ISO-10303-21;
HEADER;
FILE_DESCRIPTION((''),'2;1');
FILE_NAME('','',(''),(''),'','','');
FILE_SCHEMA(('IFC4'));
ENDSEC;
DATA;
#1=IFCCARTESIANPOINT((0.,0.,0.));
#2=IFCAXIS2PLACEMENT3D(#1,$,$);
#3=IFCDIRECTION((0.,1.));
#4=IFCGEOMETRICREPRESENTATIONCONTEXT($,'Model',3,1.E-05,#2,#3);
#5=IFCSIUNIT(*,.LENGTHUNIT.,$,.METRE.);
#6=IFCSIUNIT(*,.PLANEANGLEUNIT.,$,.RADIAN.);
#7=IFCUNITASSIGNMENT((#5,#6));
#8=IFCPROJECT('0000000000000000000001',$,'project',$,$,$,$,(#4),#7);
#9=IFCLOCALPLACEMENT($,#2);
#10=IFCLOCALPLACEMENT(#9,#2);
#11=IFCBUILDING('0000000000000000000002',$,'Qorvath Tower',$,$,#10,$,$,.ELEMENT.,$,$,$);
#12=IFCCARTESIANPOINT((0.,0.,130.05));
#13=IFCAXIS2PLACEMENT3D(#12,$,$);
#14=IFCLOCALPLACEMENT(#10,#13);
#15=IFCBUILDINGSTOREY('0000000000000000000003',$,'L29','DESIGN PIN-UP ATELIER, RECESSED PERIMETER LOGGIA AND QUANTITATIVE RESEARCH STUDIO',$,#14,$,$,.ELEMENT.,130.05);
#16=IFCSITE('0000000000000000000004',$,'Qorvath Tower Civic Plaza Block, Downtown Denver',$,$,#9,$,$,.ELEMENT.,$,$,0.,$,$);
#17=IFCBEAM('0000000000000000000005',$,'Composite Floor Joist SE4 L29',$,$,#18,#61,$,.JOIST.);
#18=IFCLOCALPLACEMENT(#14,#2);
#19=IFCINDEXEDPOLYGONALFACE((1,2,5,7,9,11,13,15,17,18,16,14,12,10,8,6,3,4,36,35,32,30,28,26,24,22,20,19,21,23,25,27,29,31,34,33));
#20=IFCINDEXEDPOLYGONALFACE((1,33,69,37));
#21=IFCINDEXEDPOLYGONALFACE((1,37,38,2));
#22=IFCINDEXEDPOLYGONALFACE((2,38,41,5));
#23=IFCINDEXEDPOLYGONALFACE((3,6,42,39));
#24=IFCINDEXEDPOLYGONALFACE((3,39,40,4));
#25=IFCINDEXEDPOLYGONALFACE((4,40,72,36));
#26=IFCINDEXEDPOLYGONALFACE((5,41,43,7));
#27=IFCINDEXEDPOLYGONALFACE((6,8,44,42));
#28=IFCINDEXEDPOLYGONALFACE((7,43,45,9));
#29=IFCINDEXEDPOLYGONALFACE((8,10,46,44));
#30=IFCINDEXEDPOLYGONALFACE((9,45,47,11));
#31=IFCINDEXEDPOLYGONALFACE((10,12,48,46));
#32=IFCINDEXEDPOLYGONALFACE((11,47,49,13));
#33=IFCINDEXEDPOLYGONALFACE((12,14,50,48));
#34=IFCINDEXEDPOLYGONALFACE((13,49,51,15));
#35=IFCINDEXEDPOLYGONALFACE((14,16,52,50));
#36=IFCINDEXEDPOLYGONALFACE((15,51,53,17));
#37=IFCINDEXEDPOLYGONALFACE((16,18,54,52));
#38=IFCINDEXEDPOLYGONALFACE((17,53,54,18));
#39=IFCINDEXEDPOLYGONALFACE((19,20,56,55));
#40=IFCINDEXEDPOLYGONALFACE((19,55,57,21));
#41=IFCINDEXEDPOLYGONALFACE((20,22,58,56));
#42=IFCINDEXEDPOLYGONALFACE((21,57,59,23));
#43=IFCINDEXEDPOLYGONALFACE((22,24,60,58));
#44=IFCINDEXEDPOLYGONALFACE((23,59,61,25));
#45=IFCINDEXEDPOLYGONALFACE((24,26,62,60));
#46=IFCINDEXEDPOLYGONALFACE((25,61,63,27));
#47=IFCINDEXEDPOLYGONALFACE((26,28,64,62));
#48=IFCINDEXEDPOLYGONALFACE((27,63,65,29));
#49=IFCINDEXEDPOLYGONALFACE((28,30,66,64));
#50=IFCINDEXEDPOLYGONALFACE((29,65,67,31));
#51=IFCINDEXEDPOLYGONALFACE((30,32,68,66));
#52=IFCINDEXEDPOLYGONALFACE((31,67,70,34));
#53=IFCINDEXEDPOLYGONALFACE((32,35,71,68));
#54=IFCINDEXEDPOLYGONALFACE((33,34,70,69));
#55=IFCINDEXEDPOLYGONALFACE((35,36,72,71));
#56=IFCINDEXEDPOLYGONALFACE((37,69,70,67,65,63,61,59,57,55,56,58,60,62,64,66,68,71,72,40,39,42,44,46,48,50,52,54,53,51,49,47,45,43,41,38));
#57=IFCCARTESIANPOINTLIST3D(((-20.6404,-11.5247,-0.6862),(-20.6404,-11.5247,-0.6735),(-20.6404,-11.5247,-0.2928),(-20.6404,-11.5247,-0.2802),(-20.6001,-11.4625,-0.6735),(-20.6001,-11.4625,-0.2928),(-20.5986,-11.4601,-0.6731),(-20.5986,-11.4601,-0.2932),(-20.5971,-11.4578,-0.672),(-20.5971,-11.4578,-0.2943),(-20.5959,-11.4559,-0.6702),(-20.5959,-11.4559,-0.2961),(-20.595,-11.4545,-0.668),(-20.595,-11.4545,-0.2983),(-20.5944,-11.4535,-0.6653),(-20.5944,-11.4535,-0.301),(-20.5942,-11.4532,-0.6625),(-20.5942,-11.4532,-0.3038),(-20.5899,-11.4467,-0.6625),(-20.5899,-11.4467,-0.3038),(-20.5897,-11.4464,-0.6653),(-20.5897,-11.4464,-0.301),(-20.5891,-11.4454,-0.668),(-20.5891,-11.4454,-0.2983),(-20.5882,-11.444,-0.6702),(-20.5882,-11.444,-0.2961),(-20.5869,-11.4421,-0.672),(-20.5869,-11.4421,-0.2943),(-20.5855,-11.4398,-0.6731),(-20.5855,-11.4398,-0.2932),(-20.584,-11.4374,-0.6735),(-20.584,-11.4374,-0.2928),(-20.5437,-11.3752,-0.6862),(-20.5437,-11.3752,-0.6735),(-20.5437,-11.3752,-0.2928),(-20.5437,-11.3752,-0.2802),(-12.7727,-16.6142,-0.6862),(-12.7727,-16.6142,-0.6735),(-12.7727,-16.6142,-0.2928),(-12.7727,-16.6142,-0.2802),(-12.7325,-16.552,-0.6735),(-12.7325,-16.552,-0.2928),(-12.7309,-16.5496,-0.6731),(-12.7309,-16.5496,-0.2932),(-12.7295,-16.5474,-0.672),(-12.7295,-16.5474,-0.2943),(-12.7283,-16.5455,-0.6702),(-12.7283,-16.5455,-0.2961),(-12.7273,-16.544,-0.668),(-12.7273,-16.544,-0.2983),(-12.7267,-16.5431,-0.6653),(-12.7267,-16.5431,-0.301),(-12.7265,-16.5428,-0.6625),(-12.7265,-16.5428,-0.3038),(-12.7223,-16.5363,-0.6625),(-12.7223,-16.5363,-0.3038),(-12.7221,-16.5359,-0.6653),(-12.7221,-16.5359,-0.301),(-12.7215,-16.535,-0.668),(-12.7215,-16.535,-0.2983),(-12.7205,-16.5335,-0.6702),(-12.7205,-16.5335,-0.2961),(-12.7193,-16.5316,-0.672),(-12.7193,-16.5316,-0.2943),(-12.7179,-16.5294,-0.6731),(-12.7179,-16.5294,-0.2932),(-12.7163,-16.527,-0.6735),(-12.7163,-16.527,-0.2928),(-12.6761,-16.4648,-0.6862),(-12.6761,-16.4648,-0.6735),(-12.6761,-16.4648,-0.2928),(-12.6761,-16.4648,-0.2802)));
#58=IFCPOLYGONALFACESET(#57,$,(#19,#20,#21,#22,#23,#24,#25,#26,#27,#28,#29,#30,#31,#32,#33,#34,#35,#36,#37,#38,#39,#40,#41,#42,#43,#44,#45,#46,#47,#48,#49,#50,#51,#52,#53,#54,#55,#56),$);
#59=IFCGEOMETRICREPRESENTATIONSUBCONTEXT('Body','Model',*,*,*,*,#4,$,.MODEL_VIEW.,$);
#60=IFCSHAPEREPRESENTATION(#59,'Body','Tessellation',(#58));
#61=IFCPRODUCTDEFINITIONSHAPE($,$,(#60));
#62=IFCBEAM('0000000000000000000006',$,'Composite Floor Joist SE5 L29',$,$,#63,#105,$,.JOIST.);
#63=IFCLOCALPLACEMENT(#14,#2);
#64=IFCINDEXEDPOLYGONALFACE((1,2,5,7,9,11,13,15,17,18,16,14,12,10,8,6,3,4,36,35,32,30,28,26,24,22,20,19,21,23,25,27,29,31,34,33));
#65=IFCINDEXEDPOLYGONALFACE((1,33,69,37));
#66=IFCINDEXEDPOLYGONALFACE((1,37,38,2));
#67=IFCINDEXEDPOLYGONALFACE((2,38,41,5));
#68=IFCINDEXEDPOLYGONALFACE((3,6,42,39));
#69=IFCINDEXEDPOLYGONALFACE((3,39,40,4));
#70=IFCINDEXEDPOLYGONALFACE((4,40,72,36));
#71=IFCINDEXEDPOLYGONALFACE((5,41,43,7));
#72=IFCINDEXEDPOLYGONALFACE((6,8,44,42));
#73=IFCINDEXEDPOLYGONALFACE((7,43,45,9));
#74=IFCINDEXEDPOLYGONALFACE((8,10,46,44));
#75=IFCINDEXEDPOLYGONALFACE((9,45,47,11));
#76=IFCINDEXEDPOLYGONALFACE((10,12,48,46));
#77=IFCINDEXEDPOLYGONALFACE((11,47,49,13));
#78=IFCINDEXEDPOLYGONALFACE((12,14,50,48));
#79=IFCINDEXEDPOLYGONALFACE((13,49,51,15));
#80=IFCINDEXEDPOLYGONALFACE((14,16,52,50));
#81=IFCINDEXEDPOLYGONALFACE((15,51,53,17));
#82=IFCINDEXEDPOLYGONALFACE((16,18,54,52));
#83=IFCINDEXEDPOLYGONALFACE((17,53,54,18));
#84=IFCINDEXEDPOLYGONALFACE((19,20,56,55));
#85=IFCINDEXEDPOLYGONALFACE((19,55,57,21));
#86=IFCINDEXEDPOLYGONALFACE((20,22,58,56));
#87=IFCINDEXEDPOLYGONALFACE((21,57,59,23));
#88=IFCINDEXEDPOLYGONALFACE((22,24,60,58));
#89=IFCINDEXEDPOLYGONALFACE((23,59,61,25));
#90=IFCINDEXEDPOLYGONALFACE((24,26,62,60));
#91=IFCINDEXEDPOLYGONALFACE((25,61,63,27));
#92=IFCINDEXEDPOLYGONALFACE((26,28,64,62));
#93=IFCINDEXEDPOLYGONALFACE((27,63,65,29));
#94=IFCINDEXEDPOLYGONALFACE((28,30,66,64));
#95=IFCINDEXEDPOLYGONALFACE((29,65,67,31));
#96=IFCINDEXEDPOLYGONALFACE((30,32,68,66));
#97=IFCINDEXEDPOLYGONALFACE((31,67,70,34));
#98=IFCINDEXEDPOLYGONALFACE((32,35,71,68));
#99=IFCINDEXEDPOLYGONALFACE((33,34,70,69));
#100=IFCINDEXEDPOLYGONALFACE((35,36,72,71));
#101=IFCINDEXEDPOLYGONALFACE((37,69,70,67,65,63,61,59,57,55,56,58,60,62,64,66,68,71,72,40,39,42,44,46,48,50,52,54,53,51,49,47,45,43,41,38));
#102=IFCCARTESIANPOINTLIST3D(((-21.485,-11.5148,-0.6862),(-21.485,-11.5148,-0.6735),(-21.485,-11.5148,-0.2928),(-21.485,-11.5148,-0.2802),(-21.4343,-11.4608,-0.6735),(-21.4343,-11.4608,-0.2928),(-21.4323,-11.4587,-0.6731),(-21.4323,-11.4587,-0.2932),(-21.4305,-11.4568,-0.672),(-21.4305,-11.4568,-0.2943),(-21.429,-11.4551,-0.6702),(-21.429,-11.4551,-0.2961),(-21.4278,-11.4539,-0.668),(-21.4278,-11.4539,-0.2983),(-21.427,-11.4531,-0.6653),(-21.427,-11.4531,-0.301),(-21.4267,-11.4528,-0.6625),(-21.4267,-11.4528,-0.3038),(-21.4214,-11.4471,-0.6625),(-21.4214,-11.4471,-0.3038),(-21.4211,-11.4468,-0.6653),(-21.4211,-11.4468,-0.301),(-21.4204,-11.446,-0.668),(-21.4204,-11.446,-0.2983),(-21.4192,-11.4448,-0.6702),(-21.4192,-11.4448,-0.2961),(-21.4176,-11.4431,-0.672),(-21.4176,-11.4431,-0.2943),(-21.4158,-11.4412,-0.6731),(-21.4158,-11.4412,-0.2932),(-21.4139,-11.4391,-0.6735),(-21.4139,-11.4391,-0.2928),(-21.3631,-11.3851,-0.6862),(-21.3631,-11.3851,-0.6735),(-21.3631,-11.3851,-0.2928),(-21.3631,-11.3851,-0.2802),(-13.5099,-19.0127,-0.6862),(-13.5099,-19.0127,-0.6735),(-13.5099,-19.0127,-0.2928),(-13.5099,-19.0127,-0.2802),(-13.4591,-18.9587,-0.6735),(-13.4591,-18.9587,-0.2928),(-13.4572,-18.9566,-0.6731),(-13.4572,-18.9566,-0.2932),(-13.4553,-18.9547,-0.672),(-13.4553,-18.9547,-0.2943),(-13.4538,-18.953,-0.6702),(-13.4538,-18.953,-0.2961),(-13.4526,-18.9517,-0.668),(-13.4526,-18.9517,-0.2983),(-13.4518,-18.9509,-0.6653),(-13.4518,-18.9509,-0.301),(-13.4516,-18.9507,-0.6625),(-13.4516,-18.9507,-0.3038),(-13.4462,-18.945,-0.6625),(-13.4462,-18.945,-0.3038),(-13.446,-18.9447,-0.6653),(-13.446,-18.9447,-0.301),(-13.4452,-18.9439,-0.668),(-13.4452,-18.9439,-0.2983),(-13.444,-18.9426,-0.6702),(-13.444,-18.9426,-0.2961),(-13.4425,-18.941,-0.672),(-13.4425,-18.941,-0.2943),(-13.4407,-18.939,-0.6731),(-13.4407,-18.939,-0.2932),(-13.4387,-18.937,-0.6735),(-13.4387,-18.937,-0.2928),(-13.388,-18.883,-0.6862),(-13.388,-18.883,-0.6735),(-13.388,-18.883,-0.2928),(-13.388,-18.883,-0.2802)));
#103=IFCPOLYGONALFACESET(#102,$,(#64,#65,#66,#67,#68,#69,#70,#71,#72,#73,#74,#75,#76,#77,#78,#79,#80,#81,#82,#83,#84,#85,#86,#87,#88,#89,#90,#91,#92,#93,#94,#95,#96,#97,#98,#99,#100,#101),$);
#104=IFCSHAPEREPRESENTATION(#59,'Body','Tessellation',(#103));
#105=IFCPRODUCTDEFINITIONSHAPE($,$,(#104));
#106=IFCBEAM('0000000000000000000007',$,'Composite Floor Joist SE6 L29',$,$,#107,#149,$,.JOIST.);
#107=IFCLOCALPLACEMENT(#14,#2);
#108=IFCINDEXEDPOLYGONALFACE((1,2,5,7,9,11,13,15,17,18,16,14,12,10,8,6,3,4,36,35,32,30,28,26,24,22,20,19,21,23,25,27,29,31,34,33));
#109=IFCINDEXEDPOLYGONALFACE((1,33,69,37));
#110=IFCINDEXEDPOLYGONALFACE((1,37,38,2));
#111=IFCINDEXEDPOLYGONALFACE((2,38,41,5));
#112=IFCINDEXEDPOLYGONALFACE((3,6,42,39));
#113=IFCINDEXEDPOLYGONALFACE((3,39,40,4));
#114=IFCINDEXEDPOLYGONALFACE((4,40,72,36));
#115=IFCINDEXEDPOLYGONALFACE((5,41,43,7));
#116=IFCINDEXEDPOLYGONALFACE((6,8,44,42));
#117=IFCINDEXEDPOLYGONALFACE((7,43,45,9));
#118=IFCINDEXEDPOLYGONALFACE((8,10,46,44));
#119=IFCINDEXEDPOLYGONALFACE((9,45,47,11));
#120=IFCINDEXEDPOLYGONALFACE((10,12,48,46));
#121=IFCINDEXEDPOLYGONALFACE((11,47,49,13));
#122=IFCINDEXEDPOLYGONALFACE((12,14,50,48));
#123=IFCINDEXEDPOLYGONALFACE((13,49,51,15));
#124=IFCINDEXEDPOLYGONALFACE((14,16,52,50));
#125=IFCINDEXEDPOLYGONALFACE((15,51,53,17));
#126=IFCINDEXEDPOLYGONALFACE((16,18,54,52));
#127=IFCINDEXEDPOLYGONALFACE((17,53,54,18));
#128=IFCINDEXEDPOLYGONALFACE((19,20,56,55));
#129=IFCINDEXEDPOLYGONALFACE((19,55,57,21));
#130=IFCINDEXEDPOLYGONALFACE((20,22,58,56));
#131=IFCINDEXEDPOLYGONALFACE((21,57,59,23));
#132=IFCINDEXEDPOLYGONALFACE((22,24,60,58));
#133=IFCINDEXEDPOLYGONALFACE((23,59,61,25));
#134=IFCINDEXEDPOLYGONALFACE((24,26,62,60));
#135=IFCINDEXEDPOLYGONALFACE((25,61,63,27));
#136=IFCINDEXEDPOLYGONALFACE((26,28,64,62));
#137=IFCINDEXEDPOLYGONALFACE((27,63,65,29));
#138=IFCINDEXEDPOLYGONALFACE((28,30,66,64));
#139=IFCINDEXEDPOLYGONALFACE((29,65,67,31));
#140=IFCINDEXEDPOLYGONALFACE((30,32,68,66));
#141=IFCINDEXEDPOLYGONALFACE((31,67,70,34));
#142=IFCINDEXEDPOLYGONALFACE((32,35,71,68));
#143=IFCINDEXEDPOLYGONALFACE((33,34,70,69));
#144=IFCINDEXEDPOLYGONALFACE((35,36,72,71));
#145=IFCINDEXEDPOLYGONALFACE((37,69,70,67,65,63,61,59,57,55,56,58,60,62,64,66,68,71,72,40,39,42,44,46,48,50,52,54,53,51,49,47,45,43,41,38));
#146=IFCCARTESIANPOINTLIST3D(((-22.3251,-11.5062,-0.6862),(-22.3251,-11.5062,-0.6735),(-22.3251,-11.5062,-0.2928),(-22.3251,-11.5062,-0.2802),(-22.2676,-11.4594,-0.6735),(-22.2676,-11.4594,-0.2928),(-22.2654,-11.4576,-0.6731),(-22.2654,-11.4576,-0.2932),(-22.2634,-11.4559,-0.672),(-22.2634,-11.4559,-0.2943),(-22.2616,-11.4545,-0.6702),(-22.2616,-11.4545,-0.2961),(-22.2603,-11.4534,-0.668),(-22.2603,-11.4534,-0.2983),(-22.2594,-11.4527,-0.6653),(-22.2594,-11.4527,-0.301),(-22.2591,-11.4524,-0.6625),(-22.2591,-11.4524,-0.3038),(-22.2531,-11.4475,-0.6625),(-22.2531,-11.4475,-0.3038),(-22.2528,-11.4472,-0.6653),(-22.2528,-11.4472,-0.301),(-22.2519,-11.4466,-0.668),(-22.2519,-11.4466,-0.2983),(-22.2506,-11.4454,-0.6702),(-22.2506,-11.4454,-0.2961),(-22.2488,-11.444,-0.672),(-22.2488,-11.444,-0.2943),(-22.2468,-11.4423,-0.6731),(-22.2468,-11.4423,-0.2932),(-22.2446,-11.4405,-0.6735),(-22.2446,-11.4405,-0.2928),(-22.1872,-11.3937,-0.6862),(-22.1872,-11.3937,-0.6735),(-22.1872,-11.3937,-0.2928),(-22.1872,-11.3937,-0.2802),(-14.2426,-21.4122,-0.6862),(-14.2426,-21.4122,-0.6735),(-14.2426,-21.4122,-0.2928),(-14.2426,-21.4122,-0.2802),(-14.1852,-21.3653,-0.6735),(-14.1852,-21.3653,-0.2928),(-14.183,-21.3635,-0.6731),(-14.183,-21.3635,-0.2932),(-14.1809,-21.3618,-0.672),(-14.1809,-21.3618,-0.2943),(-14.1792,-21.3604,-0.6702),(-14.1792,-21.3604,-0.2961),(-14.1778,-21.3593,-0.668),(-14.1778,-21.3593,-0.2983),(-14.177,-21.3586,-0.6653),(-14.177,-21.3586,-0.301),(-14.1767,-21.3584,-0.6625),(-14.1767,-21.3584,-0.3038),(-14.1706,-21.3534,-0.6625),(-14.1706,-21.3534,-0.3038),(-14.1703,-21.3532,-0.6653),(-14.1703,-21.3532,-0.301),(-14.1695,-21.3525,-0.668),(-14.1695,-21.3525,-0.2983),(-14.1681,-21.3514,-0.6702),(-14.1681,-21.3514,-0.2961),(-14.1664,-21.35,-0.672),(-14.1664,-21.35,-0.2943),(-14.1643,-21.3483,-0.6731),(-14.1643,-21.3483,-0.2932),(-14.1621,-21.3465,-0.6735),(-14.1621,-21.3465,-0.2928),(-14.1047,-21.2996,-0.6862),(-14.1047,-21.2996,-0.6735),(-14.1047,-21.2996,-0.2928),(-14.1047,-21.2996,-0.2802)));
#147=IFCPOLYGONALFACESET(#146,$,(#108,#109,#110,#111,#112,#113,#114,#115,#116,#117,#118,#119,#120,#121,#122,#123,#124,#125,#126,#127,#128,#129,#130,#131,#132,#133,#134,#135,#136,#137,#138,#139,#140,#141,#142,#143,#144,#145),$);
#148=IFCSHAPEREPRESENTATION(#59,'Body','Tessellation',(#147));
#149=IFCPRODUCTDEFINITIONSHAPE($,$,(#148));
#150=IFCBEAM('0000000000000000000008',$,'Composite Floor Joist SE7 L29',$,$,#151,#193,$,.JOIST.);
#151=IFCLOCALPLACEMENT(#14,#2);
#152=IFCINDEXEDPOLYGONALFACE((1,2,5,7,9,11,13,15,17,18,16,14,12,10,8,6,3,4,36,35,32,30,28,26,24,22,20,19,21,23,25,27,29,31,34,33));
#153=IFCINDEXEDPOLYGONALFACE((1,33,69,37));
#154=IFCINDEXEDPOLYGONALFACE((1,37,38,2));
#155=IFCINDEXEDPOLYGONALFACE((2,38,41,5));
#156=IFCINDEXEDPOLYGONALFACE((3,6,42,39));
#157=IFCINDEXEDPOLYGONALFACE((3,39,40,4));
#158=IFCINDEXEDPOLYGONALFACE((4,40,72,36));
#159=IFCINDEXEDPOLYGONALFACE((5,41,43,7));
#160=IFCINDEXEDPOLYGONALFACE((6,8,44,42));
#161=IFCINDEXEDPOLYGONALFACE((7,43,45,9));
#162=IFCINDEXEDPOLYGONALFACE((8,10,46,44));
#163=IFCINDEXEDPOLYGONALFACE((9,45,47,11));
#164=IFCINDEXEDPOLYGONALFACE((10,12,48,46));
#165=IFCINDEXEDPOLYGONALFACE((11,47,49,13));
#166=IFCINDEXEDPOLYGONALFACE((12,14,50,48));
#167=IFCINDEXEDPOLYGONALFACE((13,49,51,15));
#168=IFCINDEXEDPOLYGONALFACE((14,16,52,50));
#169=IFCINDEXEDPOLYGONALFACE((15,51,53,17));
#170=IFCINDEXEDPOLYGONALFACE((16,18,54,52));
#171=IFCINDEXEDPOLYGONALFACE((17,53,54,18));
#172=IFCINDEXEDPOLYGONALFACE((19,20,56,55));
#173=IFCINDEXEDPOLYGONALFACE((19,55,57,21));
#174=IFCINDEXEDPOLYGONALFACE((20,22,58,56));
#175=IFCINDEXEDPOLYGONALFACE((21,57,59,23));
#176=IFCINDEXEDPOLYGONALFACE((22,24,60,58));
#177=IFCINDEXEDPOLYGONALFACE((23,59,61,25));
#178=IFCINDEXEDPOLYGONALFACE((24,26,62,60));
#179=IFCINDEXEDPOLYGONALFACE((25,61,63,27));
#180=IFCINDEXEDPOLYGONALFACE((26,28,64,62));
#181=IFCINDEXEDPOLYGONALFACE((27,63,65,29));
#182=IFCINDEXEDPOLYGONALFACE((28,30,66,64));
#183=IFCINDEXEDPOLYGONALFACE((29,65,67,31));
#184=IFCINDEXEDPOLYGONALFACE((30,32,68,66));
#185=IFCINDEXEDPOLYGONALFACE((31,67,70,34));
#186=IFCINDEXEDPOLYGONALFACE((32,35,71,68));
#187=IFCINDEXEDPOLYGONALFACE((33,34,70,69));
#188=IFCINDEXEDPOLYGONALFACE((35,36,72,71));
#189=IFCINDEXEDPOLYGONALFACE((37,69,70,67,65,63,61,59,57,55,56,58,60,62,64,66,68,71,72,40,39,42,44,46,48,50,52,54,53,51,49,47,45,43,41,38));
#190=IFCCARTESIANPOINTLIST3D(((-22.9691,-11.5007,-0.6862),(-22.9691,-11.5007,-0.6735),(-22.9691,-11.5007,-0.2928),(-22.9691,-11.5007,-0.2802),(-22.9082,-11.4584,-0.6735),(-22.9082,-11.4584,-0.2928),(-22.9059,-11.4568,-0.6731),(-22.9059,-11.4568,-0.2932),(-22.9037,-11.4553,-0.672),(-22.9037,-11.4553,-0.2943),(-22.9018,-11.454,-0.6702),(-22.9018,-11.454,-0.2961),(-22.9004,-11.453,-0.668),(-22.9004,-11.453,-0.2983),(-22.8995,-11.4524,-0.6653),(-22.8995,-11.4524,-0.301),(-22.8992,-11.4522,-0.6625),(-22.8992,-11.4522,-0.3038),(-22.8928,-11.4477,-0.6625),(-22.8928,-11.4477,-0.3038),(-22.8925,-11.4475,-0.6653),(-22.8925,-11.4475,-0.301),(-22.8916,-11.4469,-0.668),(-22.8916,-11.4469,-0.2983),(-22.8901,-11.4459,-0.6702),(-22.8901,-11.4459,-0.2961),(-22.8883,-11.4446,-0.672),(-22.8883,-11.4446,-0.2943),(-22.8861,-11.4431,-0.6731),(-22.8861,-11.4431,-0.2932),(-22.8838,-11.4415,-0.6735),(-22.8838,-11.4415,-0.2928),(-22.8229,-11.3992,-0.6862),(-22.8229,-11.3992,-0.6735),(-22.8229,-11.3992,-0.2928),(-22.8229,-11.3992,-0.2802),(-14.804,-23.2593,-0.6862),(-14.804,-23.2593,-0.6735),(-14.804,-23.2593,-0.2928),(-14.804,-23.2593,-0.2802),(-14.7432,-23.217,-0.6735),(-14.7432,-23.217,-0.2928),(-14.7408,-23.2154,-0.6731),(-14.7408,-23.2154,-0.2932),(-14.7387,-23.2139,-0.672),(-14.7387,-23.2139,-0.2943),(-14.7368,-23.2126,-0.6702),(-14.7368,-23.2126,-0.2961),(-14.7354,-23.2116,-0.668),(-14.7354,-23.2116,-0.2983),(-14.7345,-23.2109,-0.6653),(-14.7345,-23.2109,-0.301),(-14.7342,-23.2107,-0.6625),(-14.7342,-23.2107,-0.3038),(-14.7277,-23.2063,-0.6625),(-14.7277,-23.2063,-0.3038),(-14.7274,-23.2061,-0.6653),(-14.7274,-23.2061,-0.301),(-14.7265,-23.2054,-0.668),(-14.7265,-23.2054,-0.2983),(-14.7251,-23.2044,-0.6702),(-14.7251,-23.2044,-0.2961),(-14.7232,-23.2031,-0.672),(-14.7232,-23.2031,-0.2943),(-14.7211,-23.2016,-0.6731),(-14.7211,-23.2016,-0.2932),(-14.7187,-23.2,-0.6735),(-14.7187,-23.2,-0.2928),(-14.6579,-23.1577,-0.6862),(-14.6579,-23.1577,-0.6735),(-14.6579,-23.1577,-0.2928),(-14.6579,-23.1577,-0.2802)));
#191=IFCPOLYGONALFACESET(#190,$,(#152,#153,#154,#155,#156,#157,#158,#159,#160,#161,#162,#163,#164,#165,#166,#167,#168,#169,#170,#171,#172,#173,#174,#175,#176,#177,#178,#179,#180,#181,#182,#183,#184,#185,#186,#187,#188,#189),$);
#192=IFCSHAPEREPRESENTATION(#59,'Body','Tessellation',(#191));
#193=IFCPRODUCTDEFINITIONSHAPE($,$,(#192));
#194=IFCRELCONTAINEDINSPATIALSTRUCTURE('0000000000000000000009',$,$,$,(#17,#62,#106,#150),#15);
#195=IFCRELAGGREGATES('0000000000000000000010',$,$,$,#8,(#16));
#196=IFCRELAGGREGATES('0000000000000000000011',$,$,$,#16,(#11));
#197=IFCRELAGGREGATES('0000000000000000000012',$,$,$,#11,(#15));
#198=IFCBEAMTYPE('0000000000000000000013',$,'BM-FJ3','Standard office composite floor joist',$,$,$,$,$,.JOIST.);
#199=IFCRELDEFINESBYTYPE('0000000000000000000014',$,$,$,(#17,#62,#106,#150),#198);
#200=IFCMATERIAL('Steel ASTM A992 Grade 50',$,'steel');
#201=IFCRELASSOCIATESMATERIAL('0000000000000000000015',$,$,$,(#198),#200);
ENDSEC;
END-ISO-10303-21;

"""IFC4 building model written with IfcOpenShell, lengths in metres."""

from ifc_helpers import new_model, si_unit, direction, frame, origin, origin_2d, place, context, subcontext, project, spatial, i_section, extrude, material, material_profile, profile_set, type_object, element, save


model = new_model("IFC4")

# Units and contexts
model_context = context("Model", 3, precision=1e-05, world=origin(), true_north=direction((0.0, 1.0)))
body_context = subcontext(model_context, "Body", "Model", "MODEL_VIEW")
ifc_project = project(units=[si_unit("LENGTHUNIT", "METRE"), si_unit("PLANEANGLEUNIT", "RADIAN")], contexts=[model_context])

# Site, building, storey
site_placement = place(None, origin())
site = spatial("IfcSite", under=ifc_project, at=site_placement, Name="Qorvath Tower Civic Plaza Block, Downtown Denver", CompositionType="ELEMENT", RefElevation=0.0)
building_placement = place(site_placement, origin())
building = spatial("IfcBuilding", under=site, at=building_placement, Name="Qorvath Tower", CompositionType="ELEMENT")
storey_placement = place(building_placement, frame((0.0, 0.0, 130.05)))
storey = spatial("IfcBuildingStorey", under=building, at=storey_placement, Name="L29", Description="DESIGN PIN-UP ATELIER, RECESSED PERIMETER LOGGIA AND QUANTITATIVE RESEARCH STUDIO", CompositionType="ELEMENT", Elevation=130.05)

# Beams
ifc_material_1 = material(Name="Steel ASTM A992 Grade 50", Category="steel")
ifc_material_profile_1 = material_profile(ifc_material_1, i_section(OverallWidth=0.178, OverallDepth=0.406, WebThickness=0.0078, FlangeThickness=0.0127, FilletRadius=0.011, at=origin_2d()), Name="W16x40")
ifc_profile_set_1 = profile_set([ifc_material_profile_1], Name="Steel ASTM A992 Grade 50")
beam_type_1 = type_object("IfcBeamType", Name="BM-FJ3", Description="Standard office composite floor joist", PredefinedType="JOIST", material=ifc_profile_set_1)
beam_1_placement = place(storey_placement, frame((-20.592, -11.45, -0.4832), z_axis=(0.839631, -0.543157, 0.0), x_axis=(0.543157, 0.839631, 0.0)))
element("IfcBeam", 1, at=beam_1_placement, inside=storey, type_object=beam_type_1, Name="Composite Floor Joist SE4 L29", PredefinedType="JOIST", context=body_context, shape_type="SweptSolid", body=[
    extrude(i_section(OverallWidth=0.178, OverallDepth=0.406, WebThickness=0.0078, FlangeThickness=0.0127, FilletRadius=0.011, at=origin_2d()), origin(), (0.0, 0.0, 1.0), 9.3704),
])
beam_2_placement = place(storey_placement, frame((-21.4241, -11.45, -0.4832), z_axis=(0.728572, -0.684969, 0.0), x_axis=(0.684969, 0.728572, 0.0)))
element("IfcBeam", 2, at=beam_2_placement, inside=storey, type_object=beam_type_1, Name="Composite Floor Joist SE5 L29", PredefinedType="JOIST", context=body_context, shape_type="SweptSolid", body=[
    extrude(i_section(OverallWidth=0.178, OverallDepth=0.406, WebThickness=0.0078, FlangeThickness=0.0127, FilletRadius=0.011, at=origin_2d()), origin(), (0.0, 0.0, 1.0), 10.9463),
])
beam_3_placement = place(storey_placement, frame((-22.2561, -11.45, -0.4832), z_axis=(0.632188, -0.774815, 0.0), x_axis=(0.774815, 0.632188, 0.0)))
element("IfcBeam", 3, at=beam_3_placement, inside=storey, type_object=beam_type_1, Name="Composite Floor Joist SE6 L29", PredefinedType="JOIST", context=body_context, shape_type="SweptSolid", body=[
    extrude(i_section(OverallWidth=0.178, OverallDepth=0.406, WebThickness=0.0078, FlangeThickness=0.0127, FilletRadius=0.011, at=origin_2d()), origin(), (0.0, 0.0, 1.0), 12.7849),
])
beam_4_placement = place(storey_placement, frame((-22.896, -11.45, -0.4832), z_axis=(0.570367, -0.82139, 0.0), x_axis=(0.82139, 0.570367, 0.0)))
element("IfcBeam", 4, at=beam_4_placement, inside=storey, type_object=beam_type_1, Name="Composite Floor Joist SE7 L29", PredefinedType="JOIST", context=body_context, shape_type="SweptSolid", body=[
    extrude(i_section(OverallWidth=0.178, OverallDepth=0.406, WebThickness=0.0078, FlangeThickness=0.0127, FilletRadius=0.011, at=origin_2d()), origin(), (0.0, 0.0, 1.0), 14.3154),
])

save(model, "model.ifc")
